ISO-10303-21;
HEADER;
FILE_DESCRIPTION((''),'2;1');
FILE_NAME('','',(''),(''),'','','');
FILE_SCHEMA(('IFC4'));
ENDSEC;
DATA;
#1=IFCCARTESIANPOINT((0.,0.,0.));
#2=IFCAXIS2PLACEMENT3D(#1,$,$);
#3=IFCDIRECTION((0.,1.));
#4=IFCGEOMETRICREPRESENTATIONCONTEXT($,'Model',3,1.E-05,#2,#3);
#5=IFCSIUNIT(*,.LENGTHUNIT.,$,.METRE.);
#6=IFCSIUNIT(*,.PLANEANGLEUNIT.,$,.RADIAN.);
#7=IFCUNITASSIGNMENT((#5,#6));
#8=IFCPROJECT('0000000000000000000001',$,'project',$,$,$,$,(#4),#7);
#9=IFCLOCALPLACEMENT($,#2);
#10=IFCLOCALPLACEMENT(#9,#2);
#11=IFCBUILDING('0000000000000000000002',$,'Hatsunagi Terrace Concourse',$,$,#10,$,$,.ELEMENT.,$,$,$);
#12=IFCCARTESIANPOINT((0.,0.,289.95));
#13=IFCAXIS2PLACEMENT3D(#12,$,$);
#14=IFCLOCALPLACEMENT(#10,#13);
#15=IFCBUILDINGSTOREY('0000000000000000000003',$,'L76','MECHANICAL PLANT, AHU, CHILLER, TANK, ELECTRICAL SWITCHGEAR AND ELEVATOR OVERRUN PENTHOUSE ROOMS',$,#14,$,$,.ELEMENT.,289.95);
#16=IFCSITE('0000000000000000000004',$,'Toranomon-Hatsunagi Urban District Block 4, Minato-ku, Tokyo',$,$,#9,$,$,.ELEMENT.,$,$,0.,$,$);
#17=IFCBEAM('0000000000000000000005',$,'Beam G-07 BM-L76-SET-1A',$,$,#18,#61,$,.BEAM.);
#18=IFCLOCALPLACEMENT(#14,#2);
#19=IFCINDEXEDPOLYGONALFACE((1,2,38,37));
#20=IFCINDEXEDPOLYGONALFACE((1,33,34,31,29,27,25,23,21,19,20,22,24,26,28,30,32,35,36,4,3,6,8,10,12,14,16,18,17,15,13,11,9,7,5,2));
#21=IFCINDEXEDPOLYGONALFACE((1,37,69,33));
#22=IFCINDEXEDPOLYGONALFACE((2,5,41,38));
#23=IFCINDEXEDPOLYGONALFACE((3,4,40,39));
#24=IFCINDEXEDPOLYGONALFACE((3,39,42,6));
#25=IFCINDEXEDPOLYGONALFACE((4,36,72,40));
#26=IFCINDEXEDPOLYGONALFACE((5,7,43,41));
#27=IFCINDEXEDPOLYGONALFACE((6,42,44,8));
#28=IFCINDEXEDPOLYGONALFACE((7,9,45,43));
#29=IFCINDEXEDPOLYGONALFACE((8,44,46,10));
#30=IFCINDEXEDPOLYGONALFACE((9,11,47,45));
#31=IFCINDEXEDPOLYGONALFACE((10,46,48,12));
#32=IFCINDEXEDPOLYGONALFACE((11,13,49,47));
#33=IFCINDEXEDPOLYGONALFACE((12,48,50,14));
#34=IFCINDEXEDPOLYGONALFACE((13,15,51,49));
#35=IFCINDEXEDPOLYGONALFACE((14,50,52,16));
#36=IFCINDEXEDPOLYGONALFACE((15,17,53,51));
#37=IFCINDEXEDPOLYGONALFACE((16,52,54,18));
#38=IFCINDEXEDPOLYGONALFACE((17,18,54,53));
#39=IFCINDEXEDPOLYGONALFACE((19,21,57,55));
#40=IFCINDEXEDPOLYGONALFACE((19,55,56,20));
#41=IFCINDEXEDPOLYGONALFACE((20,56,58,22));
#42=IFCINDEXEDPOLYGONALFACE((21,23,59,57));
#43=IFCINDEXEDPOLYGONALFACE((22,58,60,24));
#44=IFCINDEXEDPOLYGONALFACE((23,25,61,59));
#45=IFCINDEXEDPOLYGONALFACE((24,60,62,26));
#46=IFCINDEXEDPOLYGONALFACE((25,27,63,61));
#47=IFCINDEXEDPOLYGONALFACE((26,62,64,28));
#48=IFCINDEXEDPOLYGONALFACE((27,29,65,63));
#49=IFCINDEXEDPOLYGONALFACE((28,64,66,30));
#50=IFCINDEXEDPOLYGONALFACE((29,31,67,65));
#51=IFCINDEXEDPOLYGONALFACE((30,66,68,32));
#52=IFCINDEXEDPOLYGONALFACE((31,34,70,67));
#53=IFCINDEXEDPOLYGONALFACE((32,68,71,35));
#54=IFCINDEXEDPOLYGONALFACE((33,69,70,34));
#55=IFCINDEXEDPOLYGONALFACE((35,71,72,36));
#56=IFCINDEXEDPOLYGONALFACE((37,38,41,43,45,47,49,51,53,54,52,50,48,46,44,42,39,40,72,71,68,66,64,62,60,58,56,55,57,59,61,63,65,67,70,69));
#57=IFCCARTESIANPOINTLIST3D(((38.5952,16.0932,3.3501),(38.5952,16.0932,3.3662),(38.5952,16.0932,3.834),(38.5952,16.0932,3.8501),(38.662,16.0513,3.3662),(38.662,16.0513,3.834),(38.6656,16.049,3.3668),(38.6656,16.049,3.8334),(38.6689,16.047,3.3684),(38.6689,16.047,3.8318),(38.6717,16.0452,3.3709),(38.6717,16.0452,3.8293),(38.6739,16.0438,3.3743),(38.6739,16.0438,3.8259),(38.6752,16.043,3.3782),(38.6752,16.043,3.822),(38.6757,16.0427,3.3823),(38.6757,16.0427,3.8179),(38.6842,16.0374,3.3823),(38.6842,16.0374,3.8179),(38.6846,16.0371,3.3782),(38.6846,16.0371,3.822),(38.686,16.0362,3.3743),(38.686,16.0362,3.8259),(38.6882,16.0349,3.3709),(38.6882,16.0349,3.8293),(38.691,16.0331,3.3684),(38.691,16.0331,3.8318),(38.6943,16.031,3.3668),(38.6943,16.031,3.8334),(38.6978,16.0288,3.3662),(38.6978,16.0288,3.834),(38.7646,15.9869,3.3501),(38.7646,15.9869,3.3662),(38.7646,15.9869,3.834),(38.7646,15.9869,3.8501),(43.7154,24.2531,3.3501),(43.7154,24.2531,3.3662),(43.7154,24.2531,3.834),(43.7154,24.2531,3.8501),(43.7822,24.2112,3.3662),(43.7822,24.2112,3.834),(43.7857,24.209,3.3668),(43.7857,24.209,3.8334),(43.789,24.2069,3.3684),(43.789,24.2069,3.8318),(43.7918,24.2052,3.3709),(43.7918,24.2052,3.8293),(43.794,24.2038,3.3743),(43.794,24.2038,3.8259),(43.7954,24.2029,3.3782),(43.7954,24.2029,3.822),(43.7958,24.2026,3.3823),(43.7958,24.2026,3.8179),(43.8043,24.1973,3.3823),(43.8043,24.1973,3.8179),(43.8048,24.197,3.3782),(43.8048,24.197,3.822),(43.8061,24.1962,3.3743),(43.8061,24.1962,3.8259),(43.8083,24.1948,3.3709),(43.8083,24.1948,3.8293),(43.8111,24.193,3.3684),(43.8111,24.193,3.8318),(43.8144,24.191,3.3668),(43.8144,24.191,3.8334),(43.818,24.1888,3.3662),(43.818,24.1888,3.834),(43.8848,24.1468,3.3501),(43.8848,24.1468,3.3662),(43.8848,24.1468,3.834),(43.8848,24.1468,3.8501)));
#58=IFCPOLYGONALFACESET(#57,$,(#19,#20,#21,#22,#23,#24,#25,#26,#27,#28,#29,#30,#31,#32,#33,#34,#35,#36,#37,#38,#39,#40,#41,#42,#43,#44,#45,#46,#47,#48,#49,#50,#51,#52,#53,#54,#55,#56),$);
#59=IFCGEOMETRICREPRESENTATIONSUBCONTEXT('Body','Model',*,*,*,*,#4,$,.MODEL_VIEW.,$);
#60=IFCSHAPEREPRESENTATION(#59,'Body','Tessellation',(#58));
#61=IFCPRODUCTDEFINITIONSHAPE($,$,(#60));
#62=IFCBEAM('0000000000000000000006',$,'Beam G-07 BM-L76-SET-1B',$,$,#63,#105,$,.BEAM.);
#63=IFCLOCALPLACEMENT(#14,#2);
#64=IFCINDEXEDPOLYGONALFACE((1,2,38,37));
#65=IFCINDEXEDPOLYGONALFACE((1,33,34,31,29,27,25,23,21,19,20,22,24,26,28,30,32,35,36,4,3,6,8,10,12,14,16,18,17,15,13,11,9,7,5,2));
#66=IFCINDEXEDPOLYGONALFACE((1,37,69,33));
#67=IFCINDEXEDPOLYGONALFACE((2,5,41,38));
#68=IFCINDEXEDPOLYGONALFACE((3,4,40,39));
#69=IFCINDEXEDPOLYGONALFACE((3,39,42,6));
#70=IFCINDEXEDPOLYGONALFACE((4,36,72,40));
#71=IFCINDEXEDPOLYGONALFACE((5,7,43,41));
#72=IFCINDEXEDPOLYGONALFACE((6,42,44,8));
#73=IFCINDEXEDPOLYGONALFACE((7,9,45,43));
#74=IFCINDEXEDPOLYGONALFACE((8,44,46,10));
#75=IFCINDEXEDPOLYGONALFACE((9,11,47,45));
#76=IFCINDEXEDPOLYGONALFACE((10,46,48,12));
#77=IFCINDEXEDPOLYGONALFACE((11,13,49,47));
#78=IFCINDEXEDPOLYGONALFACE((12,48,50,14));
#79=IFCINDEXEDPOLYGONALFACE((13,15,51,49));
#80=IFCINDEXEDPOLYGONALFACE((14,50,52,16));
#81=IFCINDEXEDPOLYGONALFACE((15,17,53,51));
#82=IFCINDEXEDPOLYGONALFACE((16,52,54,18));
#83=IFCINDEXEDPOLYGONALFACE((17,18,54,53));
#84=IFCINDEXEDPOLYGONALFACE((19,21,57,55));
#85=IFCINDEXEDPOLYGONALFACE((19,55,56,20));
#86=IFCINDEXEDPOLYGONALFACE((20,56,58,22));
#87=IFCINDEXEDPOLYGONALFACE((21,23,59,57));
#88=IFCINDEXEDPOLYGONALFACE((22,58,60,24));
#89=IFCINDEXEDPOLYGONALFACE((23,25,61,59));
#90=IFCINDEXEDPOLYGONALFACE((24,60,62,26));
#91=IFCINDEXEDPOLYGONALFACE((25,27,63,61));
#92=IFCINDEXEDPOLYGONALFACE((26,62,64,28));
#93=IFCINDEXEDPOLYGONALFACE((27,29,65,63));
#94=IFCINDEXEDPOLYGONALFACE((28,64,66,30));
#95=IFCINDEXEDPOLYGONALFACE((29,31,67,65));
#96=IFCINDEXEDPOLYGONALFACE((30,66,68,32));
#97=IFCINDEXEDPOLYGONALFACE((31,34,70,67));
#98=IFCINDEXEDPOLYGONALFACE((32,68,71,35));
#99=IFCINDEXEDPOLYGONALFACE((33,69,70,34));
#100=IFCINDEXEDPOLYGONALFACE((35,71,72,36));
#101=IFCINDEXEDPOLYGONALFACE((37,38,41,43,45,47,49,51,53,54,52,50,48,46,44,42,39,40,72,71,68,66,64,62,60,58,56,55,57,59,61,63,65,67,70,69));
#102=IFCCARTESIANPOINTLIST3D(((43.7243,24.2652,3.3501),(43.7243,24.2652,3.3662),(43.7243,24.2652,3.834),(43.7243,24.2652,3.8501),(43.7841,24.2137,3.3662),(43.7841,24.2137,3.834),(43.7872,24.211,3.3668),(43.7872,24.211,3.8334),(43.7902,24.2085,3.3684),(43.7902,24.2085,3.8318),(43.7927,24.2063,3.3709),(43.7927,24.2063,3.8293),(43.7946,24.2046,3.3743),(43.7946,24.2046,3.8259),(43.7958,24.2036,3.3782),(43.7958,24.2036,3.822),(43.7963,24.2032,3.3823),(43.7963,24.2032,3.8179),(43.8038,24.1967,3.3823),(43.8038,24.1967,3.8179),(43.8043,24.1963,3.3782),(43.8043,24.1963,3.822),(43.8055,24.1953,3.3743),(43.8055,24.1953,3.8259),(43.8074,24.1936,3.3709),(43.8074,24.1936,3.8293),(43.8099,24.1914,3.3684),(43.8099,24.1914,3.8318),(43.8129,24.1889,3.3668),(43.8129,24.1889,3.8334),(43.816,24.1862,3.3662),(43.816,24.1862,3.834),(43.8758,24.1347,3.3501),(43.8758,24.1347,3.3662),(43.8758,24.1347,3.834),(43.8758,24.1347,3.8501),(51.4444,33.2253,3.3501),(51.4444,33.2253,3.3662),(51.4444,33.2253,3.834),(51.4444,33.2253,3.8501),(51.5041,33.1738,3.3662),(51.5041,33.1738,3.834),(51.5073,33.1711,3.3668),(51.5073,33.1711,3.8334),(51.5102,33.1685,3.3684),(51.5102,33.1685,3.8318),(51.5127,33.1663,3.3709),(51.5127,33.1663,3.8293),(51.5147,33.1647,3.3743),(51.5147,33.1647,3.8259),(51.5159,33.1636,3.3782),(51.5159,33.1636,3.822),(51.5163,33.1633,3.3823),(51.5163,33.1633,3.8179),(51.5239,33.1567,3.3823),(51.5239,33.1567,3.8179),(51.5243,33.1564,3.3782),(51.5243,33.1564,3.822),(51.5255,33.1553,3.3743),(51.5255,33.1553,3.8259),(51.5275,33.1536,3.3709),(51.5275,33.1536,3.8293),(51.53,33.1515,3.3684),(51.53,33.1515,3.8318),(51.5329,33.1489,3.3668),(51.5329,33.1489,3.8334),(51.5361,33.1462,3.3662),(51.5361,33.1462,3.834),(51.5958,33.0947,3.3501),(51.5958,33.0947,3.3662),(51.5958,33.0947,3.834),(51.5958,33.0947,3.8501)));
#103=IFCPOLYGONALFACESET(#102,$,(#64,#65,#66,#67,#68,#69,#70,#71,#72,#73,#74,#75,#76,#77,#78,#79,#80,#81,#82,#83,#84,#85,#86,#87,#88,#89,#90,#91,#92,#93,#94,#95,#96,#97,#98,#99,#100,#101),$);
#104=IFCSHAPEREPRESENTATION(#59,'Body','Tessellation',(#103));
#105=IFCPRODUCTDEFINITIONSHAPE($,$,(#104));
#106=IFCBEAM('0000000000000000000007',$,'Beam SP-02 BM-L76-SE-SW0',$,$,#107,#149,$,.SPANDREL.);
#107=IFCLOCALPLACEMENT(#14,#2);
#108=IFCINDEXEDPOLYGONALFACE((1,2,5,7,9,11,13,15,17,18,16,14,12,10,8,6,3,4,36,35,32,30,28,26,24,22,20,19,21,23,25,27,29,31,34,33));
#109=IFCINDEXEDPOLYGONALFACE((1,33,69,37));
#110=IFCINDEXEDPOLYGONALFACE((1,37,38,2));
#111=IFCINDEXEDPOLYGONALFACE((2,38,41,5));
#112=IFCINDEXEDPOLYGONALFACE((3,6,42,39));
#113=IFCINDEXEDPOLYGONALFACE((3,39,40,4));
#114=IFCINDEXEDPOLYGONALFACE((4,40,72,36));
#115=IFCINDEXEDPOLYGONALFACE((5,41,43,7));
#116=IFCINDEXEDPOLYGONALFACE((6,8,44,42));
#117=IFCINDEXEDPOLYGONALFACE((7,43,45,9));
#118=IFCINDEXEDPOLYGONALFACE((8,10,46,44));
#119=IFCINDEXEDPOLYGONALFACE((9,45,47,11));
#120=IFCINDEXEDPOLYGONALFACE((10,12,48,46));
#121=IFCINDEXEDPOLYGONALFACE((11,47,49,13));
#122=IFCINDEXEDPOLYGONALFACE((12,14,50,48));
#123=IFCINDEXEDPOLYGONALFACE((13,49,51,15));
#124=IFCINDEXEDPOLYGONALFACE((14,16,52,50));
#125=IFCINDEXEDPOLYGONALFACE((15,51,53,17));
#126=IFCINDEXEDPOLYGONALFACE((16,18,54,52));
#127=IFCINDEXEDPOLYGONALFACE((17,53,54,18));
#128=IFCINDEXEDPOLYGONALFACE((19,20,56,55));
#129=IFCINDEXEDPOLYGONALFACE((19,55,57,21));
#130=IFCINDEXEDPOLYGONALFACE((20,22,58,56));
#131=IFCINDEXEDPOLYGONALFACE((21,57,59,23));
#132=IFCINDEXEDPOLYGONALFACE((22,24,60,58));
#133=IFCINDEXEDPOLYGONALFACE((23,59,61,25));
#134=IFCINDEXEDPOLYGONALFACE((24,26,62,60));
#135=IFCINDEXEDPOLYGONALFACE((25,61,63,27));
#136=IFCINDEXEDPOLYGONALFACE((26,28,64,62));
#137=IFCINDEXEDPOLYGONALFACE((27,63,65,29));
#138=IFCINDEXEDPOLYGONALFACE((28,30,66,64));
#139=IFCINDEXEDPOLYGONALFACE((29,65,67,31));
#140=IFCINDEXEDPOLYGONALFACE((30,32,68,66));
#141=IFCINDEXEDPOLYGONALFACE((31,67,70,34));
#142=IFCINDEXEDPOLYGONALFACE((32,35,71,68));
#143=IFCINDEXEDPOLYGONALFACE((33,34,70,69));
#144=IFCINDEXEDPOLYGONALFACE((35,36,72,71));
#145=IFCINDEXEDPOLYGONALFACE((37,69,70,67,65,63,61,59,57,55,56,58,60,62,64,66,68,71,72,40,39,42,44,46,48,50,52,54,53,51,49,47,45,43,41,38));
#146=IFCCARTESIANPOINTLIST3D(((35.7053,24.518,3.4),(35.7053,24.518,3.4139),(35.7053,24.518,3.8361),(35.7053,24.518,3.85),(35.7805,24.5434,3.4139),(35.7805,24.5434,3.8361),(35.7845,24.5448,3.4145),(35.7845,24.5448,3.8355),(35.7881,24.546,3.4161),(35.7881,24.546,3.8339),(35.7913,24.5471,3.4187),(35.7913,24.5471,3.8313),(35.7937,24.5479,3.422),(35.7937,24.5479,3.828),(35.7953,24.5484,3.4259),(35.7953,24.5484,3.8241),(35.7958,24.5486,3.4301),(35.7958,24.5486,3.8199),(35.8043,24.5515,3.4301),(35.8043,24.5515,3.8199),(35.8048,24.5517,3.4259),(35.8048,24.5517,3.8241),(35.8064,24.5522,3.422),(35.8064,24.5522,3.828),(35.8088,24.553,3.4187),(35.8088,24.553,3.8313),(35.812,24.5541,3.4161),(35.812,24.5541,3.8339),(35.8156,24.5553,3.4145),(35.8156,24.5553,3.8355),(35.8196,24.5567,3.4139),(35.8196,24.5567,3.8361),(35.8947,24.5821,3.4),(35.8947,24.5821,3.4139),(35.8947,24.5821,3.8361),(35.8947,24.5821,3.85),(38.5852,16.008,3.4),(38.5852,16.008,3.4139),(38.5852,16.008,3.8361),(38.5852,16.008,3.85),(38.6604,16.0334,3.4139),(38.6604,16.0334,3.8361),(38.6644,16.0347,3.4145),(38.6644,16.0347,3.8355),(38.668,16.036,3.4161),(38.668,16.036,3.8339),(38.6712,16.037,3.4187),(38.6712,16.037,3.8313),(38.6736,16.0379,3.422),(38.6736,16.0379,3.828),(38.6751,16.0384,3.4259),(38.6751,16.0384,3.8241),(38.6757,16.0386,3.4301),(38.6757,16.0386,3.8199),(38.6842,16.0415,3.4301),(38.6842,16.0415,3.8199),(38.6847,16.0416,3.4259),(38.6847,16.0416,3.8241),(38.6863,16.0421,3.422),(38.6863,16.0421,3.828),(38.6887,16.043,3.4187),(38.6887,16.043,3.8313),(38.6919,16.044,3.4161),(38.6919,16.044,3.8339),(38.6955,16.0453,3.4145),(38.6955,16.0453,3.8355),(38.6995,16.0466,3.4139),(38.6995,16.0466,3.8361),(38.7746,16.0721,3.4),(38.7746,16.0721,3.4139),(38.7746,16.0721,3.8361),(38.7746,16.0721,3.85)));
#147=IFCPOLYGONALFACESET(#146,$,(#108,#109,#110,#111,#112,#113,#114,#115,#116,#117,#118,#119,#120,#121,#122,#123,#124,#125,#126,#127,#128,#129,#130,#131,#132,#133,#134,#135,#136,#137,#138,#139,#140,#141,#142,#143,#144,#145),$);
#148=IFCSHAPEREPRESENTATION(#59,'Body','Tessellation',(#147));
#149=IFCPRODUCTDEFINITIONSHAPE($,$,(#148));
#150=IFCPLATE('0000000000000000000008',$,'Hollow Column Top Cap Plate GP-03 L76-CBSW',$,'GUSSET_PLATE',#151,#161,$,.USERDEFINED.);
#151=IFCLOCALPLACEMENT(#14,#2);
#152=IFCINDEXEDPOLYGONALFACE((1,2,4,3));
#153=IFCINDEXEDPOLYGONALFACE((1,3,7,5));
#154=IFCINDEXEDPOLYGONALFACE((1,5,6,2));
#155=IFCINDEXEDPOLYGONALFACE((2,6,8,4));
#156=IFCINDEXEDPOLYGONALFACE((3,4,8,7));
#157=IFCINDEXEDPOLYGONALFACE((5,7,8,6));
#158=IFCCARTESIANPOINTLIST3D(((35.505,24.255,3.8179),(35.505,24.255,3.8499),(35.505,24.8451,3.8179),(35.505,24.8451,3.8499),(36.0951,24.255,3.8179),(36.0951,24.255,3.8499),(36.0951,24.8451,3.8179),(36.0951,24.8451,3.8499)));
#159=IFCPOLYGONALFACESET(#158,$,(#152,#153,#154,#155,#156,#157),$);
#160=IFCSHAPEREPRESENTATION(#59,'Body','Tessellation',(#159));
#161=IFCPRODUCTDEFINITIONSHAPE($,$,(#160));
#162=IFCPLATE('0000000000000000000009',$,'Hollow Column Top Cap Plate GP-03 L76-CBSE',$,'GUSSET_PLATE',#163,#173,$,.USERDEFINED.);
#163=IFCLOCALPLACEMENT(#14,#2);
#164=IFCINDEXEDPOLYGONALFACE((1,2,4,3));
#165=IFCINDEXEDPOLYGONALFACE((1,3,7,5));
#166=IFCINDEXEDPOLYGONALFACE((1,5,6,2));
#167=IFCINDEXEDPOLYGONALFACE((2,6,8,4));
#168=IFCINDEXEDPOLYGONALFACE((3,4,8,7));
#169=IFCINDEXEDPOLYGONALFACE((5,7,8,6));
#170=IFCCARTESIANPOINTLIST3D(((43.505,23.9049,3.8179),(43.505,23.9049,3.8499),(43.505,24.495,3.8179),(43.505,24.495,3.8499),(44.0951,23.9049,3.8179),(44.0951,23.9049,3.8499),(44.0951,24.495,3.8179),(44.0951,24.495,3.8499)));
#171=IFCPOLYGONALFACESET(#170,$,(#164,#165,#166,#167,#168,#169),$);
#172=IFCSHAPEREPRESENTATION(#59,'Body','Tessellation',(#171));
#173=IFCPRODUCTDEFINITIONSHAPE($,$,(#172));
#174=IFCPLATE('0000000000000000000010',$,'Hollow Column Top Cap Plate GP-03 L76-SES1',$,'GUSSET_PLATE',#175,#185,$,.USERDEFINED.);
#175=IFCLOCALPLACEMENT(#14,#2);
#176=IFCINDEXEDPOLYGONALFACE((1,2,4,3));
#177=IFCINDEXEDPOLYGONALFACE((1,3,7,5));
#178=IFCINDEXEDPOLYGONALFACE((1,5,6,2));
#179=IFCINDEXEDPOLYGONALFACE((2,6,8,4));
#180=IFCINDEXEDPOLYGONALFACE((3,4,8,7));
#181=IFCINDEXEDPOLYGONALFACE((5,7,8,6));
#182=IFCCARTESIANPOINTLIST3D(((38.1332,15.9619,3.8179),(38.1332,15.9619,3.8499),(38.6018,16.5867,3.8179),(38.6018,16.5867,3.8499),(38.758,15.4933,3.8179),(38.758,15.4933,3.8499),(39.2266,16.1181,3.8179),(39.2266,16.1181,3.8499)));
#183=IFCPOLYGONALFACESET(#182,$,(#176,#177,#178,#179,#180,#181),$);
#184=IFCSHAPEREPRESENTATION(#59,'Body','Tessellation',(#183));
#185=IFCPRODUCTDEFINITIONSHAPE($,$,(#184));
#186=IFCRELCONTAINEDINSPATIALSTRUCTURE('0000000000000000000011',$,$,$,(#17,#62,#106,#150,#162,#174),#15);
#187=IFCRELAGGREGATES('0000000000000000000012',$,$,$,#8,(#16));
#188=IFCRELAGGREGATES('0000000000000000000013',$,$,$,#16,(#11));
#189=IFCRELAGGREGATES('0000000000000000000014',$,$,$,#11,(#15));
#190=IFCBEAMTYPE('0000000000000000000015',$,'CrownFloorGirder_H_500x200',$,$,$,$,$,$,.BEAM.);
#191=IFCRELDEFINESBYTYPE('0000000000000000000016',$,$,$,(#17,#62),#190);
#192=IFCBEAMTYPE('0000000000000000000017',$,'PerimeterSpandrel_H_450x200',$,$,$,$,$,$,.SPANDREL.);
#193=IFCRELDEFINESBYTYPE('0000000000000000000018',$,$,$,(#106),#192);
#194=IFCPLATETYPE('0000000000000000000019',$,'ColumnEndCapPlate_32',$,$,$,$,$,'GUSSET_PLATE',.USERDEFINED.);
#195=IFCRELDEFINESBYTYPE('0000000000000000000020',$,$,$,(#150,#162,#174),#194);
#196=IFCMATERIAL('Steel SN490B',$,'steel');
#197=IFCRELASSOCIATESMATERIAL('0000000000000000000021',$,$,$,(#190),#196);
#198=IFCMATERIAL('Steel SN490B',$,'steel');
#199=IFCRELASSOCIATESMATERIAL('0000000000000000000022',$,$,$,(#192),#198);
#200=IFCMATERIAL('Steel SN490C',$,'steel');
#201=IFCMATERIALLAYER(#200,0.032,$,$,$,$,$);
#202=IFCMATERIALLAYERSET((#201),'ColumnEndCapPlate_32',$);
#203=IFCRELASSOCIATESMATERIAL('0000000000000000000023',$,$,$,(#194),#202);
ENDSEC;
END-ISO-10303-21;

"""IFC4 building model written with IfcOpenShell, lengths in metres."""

from ifc_helpers import new_model, si_unit, direction, frame, origin, origin_2d, place, context, subcontext, project, spatial, rectangle, i_section, extrude, material, layer, layer_set, material_profile, profile_set, type_object, element, save


model = new_model("IFC4")

# Units and contexts
model_context = context("Model", 3, precision=1e-05, world=origin(), true_north=direction((0.0, 1.0)))
body_context = subcontext(model_context, "Body", "Model", "MODEL_VIEW")
ifc_project = project(units=[si_unit("LENGTHUNIT", "METRE"), si_unit("PLANEANGLEUNIT", "RADIAN")], contexts=[model_context])

# Site, building, storey
site_placement = place(None, origin())
site = spatial("IfcSite", under=ifc_project, at=site_placement, Name="Toranomon-Hatsunagi Urban District Block 4, Minato-ku, Tokyo", CompositionType="ELEMENT", RefElevation=0.0)
building_placement = place(site_placement, origin())
building = spatial("IfcBuilding", under=site, at=building_placement, Name="Hatsunagi Terrace Concourse", CompositionType="ELEMENT")
storey_placement = place(building_placement, frame((0.0, 0.0, 289.95)))
storey = spatial("IfcBuildingStorey", under=building, at=storey_placement, Name="L76", Description="MECHANICAL PLANT, AHU, CHILLER, TANK, ELECTRICAL SWITCHGEAR AND ELEVATOR OVERRUN PENTHOUSE ROOMS", CompositionType="ELEMENT", Elevation=289.95)

# Beams
ifc_material_1 = material(Name="Steel SN490B", Category="steel")
ifc_material_profile_1 = material_profile(ifc_material_1, i_section(OverallWidth=0.2, OverallDepth=0.5, WebThickness=0.01, FlangeThickness=0.0161, FilletRadius=0.0161, at=origin_2d()), Name="H-500x200x10x16")
ifc_profile_set_1 = profile_set([ifc_material_profile_1], Name="Steel SN490B")
beam_type_1 = type_object("IfcBeamType", Name="CrownFloorGirder_H_500x200", PredefinedType="BEAM", material=ifc_profile_set_1)
beam_1_placement = place(storey_placement, frame((38.6799, 16.04, 3.6001), z_axis=(0.531504, 0.847056, 0.0), x_axis=(-0.847056, 0.531504, 0.0)))
element("IfcBeam", 1, at=beam_1_placement, inside=storey, type_object=beam_type_1, Name="Beam G-07 BM-L76-SET-1A", PredefinedType="BEAM", context=body_context, shape_type="SweptSolid", body=[
    extrude(i_section(OverallWidth=0.2, OverallDepth=0.5, WebThickness=0.01, FlangeThickness=0.0161, FilletRadius=0.0161, at=origin_2d()), origin(), (0.0, 0.0, 1.0), 9.6333),
])
beam_2_placement = place(storey_placement, frame((43.8, 24.2, 3.6001), z_axis=(0.652739, 0.757583, 0.0), x_axis=(-0.757583, 0.652739, 0.0)))
element("IfcBeam", 2, at=beam_2_placement, inside=storey, type_object=beam_type_1, Name="Beam G-07 BM-L76-SET-1B", PredefinedType="BEAM", context=body_context, shape_type="SweptSolid", body=[
    extrude(i_section(OverallWidth=0.2, OverallDepth=0.5, WebThickness=0.01, FlangeThickness=0.0161, FilletRadius=0.0161, at=origin_2d()), origin(), (0.0, 0.0, 1.0), 11.8271),
])
ifc_material_2 = material(Name="Steel SN490B", Category="steel")
ifc_material_profile_2 = material_profile(ifc_material_2, i_section(OverallWidth=0.2, OverallDepth=0.45, WebThickness=0.009, FlangeThickness=0.0139, FilletRadius=0.0161, at=origin_2d()), Name="H-450x200x9x14")
ifc_profile_set_2 = profile_set([ifc_material_profile_2], Name="Steel SN490B")
beam_type_2 = type_object("IfcBeamType", Name="PerimeterSpandrel_H_450x200", PredefinedType="SPANDREL", material=ifc_profile_set_2)
beam_3_placement = place(storey_placement, frame((35.8, 24.55, 3.625), z_axis=(0.320553, -0.94723, 0.0), x_axis=(0.94723, 0.320553, 0.0)))
element("IfcBeam", 3, at=beam_3_placement, inside=storey, type_object=beam_type_2, Name="Beam SP-02 BM-L76-SE-SW0", PredefinedType="SPANDREL", context=body_context, shape_type="SweptSolid", body=[
    extrude(i_section(OverallWidth=0.2, OverallDepth=0.45, WebThickness=0.009, FlangeThickness=0.0139, FilletRadius=0.0161, at=origin_2d()), origin(), (0.0, 0.0, 1.0), 8.9841),
])

# Plates
ifc_material_3 = material(Name="Steel SN490C", Category="steel")
ifc_layer_1 = layer(ifc_material_3, 0.032)
ifc_layer_set_1 = layer_set([ifc_layer_1], Name="ColumnEndCapPlate_32")
plate_type = type_object("IfcPlateType", Name="ColumnEndCapPlate_32", ElementType="GUSSET_PLATE", PredefinedType="USERDEFINED", material=ifc_layer_set_1)
for number, where, z_axis, x_axis, name in (
    (4, (35.8, 24.55, 3.8179), (0.0, 0.0, 1.0), (1.0, 0.0, 0.0), "Hollow Column Top Cap Plate GP-03 L76-CBSW"),
    (5, (43.8, 24.2, 3.8179), (0.0, 0.0, 1.0), (1.0, 0.0, 0.0), "Hollow Column Top Cap Plate GP-03 L76-CBSE"),
):
    element("IfcPlate", number, at=place(storey_placement, frame(where, z_axis=z_axis, x_axis=x_axis)), inside=storey, type_object=plate_type, Name=name, ObjectType="GUSSET_PLATE", PredefinedType="USERDEFINED", context=body_context, shape_type="SweptSolid", body=[
        extrude(rectangle(XDim=0.5901, YDim=0.5901, at=origin_2d()), origin(), (0.0, 0.0, 1.0), 0.032),
    ])
plate_placement = place(storey_placement, frame((38.6799, 16.04, 3.8179), z_axis=(0.0, 0.0, 1.0), x_axis=(0.8, -0.6, 0.0)))
element("IfcPlate", 6, at=plate_placement, inside=storey, type_object=plate_type, Name="Hollow Column Top Cap Plate GP-03 L76-SES1", ObjectType="GUSSET_PLATE", PredefinedType="USERDEFINED", context=body_context, shape_type="SweptSolid", body=[
    extrude(rectangle(XDim=0.781, YDim=0.781, at=origin_2d()), origin(), (0.0, 0.0, 1.0), 0.032),
])

save(model, "model.ifc")
